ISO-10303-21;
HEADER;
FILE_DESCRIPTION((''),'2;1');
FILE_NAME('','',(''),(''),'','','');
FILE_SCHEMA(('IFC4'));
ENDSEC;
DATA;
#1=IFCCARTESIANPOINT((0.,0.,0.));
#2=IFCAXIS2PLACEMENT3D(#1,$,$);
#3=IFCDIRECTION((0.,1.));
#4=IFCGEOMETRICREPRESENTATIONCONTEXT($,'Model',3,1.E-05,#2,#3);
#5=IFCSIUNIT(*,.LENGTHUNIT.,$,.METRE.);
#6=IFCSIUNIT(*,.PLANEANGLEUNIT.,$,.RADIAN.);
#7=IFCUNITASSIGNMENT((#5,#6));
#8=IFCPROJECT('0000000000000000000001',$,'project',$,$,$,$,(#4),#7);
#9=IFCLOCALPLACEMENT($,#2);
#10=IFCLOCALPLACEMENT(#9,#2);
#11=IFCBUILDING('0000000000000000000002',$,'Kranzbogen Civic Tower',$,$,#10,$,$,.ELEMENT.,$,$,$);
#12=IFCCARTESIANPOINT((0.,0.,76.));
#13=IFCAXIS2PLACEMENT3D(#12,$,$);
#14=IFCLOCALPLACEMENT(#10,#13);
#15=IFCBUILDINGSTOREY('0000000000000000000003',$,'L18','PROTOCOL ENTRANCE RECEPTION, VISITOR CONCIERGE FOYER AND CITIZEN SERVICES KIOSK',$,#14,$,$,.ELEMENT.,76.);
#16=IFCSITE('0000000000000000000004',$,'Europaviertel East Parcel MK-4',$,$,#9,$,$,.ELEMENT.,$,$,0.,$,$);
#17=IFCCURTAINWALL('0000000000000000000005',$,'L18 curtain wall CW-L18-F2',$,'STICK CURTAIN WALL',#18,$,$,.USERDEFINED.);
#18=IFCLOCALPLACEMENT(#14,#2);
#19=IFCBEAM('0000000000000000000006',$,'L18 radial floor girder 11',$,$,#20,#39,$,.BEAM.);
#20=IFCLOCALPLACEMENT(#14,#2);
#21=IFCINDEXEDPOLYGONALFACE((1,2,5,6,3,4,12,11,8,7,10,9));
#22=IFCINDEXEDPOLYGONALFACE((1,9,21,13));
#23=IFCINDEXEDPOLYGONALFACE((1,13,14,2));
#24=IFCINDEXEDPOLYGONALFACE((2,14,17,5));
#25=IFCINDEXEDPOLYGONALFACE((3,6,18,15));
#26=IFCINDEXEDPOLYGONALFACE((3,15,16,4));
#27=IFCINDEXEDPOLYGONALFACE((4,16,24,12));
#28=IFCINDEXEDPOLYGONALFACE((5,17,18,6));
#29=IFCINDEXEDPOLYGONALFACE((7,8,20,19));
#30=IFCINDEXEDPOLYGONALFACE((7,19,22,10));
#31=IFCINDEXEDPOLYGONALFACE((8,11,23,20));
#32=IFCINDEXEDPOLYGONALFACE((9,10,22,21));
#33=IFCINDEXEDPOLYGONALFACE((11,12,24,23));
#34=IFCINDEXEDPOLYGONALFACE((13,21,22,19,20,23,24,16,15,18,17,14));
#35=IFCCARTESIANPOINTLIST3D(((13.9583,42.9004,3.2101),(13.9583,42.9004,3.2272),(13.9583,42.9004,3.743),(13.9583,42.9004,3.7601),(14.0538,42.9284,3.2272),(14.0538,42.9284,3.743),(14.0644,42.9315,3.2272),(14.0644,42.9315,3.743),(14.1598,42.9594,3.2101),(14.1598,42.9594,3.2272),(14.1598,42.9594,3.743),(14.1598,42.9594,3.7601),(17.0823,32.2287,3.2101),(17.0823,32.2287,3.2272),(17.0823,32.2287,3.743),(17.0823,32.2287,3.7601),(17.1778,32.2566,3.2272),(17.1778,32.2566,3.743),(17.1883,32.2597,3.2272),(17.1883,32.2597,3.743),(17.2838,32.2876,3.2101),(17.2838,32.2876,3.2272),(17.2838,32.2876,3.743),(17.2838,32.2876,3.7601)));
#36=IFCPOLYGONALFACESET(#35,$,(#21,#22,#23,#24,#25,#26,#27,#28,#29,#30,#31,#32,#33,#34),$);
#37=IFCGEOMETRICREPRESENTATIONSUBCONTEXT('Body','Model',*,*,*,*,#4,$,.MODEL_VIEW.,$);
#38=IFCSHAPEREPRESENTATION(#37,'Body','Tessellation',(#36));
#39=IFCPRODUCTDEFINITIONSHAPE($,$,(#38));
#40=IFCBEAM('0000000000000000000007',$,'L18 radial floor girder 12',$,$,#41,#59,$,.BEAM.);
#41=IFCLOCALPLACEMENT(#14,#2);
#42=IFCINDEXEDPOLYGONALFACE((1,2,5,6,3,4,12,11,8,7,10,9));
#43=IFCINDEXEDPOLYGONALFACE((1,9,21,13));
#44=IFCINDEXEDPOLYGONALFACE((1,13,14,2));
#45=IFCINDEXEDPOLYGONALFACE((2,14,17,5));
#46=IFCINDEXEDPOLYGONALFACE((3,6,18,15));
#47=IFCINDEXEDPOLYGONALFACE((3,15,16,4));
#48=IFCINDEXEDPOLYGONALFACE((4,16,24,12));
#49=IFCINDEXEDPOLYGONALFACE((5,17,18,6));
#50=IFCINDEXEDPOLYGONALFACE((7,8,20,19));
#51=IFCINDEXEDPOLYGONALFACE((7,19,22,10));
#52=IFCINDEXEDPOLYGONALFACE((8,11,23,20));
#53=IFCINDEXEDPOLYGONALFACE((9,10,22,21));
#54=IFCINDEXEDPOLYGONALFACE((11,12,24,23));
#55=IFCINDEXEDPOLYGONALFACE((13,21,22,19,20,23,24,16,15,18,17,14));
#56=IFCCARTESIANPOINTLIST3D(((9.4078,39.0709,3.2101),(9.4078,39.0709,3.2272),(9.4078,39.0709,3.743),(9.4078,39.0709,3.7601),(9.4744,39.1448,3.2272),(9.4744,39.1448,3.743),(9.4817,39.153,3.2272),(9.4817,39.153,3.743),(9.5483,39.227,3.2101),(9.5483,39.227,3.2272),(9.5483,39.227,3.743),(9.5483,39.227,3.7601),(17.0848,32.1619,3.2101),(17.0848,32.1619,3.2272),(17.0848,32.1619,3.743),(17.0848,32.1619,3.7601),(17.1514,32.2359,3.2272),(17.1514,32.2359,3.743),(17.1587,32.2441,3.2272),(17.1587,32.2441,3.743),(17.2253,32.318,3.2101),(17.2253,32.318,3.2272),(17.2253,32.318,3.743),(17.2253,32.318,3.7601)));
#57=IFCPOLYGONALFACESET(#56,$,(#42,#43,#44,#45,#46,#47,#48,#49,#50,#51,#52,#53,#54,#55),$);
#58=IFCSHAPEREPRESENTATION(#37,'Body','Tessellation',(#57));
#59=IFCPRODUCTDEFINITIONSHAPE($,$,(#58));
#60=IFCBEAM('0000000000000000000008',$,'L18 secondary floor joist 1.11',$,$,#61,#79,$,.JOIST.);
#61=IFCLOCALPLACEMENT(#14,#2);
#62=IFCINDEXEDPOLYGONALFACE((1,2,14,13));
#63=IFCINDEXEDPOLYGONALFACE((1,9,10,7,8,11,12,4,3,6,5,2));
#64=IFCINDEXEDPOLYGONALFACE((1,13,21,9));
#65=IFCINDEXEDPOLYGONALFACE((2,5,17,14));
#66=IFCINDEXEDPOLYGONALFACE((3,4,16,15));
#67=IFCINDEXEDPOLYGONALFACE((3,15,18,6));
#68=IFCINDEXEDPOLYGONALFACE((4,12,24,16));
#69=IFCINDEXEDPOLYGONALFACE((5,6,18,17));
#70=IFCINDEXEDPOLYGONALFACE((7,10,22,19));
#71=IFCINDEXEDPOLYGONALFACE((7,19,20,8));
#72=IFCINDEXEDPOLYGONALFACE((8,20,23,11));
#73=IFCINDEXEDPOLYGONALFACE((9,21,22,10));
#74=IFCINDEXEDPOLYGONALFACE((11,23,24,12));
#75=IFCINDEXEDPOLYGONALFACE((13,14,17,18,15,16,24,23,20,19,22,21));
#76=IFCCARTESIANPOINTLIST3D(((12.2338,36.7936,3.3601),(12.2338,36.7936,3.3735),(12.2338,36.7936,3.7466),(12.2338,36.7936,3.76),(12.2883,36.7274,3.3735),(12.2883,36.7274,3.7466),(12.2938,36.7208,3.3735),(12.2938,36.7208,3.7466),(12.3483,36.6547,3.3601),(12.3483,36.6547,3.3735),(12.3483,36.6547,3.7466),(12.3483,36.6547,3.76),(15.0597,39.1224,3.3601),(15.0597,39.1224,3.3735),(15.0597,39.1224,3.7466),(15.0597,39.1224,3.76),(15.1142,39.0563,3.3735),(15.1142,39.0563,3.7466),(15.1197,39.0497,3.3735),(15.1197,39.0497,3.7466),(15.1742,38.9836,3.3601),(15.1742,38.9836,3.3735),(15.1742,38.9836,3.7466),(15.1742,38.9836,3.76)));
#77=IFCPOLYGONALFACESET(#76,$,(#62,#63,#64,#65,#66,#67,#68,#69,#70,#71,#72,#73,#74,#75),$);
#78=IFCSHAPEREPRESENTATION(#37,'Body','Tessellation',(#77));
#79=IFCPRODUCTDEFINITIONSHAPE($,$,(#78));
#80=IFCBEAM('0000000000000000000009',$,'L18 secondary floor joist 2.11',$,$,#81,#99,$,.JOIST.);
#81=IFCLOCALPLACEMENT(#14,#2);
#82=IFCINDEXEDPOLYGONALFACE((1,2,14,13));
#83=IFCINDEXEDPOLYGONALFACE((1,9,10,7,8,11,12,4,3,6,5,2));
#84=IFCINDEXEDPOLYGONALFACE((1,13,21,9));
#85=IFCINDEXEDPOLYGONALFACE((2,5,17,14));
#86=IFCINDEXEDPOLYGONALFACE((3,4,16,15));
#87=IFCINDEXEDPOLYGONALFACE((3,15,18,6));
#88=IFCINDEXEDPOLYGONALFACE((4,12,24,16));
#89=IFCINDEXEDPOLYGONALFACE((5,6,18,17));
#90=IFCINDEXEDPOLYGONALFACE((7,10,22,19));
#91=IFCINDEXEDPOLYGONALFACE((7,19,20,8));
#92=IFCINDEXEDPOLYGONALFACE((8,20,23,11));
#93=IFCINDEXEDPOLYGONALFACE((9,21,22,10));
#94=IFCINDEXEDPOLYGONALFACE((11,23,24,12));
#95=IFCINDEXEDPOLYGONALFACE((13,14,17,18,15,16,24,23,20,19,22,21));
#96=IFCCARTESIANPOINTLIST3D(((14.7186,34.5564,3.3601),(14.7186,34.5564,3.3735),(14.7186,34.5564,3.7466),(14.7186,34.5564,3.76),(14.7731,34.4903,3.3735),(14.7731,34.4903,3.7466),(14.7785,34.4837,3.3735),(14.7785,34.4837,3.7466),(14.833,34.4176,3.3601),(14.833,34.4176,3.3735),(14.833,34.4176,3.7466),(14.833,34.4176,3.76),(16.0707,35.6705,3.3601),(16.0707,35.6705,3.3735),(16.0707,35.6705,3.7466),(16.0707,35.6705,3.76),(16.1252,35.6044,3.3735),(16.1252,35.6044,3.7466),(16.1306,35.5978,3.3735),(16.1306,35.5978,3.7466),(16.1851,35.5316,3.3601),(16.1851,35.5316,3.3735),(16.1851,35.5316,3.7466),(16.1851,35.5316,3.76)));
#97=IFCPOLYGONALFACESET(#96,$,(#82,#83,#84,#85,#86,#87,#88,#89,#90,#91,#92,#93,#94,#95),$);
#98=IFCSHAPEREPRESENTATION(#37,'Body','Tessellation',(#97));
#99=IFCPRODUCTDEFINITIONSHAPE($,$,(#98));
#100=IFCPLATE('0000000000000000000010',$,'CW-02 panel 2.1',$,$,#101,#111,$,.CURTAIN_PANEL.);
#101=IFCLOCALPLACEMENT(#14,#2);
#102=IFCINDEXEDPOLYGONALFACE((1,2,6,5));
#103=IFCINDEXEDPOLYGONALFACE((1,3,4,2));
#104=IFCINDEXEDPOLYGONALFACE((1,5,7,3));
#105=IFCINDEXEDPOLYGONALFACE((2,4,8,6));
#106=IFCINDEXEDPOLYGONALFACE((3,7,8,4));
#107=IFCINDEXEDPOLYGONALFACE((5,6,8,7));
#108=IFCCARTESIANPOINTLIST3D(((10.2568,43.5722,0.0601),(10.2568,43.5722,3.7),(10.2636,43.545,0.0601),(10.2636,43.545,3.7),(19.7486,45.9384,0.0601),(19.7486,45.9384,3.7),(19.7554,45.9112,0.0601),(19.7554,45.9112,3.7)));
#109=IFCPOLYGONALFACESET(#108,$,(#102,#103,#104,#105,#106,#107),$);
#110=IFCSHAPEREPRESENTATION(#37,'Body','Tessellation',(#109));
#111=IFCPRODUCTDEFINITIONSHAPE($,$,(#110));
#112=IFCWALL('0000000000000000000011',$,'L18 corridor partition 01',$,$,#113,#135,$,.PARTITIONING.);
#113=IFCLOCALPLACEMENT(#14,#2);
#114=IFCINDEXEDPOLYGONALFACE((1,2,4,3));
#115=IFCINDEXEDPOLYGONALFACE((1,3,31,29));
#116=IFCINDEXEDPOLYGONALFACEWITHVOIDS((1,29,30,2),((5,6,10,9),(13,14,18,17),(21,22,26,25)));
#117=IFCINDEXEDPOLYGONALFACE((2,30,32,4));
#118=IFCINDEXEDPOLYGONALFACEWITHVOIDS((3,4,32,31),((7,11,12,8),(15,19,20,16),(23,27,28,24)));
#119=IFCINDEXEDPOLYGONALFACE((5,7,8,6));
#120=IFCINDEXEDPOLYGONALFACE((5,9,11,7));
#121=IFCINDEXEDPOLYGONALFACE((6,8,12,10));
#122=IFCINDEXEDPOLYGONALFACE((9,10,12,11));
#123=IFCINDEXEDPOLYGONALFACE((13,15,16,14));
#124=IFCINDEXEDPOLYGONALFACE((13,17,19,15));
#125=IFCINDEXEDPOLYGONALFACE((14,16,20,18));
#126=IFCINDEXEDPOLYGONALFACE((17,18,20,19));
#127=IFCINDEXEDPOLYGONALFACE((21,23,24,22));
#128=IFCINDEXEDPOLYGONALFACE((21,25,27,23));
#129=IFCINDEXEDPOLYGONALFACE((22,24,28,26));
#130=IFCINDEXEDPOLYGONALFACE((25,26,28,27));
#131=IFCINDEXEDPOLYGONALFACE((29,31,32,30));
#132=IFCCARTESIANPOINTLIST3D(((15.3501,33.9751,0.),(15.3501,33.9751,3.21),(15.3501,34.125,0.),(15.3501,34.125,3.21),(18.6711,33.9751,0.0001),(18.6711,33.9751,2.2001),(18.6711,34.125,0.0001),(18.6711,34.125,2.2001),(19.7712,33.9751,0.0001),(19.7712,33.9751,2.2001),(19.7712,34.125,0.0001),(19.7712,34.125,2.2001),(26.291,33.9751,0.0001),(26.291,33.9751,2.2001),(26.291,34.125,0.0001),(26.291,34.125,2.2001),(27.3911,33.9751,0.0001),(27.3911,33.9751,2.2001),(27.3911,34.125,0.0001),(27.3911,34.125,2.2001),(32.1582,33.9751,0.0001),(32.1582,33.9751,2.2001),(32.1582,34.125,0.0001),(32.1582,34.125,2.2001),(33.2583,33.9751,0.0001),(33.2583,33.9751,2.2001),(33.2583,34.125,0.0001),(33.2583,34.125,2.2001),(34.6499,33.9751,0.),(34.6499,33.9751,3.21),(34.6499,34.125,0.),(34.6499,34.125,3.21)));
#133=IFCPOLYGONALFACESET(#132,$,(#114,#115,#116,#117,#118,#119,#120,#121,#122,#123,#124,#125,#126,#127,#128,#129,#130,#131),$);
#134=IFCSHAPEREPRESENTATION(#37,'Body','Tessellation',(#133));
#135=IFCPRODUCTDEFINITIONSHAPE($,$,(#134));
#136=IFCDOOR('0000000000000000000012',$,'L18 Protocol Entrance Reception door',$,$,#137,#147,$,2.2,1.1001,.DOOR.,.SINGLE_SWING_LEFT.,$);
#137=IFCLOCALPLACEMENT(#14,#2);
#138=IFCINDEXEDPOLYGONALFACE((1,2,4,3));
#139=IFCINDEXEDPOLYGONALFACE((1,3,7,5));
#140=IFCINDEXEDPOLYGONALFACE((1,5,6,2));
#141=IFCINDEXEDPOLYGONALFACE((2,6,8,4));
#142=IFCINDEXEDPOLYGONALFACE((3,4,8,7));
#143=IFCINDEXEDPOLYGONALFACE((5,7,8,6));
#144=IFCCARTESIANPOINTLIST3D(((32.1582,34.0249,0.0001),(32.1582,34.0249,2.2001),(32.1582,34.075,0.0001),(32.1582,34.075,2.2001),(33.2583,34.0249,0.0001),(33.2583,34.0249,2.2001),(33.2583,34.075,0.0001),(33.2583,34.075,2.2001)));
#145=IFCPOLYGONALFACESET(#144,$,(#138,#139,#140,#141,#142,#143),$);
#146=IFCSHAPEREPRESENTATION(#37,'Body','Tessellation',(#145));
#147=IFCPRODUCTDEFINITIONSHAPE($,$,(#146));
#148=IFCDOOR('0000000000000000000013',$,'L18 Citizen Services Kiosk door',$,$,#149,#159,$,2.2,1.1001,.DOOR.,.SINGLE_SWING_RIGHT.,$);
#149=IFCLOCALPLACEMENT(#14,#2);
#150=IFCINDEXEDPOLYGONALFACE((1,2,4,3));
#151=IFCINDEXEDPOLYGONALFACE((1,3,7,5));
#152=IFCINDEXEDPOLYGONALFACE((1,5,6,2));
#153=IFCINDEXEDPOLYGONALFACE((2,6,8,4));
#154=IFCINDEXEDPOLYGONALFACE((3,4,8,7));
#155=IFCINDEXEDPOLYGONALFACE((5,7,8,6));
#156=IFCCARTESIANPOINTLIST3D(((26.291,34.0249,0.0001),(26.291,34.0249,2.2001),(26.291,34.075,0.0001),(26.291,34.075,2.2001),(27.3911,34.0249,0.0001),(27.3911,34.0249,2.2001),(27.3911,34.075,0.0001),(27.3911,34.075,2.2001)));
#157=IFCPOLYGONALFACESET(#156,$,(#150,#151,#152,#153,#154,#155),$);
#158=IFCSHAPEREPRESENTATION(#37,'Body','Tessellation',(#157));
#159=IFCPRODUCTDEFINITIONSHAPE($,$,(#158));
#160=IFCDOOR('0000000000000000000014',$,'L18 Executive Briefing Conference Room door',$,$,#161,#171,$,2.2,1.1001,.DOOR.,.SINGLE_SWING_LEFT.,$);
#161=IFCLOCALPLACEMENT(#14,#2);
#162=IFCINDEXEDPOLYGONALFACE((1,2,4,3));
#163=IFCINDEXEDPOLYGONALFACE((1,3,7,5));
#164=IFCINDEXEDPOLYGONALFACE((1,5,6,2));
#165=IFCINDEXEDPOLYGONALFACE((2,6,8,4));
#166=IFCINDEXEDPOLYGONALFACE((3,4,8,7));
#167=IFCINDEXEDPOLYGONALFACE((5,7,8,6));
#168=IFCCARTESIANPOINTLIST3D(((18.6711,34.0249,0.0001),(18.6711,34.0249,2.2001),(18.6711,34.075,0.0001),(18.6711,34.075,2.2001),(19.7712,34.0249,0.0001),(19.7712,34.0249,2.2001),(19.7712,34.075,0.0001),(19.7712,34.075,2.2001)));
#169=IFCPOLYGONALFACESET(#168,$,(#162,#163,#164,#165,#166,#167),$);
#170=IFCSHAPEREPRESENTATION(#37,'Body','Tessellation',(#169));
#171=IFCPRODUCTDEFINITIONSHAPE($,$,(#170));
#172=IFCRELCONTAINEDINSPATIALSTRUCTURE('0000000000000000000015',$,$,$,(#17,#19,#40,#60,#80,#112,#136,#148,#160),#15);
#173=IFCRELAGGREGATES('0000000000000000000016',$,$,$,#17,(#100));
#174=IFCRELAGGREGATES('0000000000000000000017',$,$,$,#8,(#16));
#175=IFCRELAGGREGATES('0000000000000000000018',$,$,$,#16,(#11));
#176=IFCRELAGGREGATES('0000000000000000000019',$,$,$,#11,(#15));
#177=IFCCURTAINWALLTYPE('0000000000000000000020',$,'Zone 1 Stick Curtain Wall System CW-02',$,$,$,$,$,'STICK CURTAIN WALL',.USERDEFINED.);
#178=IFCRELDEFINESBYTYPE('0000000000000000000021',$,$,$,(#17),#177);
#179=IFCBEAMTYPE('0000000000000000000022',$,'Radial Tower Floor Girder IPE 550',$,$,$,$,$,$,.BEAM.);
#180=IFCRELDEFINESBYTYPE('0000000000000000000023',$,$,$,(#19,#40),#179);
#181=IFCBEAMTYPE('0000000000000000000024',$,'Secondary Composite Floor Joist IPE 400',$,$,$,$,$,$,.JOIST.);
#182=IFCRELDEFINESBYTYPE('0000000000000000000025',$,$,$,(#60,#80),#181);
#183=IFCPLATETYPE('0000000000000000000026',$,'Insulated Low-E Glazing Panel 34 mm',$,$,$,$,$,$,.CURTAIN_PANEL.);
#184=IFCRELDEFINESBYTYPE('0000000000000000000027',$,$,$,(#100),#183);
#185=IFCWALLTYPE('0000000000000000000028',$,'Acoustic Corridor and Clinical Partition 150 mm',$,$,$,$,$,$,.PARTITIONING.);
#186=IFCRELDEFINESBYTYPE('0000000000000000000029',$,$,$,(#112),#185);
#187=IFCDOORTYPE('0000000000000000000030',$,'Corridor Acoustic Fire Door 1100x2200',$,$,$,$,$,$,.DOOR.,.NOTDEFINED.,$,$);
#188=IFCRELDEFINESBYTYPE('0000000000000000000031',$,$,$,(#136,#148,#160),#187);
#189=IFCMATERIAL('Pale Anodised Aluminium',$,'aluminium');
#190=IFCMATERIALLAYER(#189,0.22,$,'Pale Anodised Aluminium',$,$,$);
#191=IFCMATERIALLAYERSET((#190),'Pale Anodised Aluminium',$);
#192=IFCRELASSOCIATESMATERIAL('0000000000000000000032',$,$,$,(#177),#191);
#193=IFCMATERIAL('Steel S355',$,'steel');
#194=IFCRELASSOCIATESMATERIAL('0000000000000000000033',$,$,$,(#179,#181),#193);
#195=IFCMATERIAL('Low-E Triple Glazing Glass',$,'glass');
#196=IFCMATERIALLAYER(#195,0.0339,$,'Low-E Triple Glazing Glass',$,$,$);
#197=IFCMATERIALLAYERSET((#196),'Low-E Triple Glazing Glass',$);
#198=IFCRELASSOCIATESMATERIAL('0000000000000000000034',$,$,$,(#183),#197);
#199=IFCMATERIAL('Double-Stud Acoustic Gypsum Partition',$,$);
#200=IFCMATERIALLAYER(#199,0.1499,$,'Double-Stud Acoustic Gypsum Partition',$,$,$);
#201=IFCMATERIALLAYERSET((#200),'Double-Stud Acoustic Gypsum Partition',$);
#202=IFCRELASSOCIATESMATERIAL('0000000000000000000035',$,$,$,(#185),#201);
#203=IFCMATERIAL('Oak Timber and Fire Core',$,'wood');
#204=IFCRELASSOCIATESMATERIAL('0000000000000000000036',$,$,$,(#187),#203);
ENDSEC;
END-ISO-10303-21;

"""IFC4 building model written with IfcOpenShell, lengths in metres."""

from ifc_helpers import new_model, si_unit, direction, frame, frame_2d, origin, origin_2d, place, context, subcontext, project, spatial, rectangle, i_section, extrude, material, layer, layer_set, material_profile, profile_set, type_object, element, fill, aggregate, save


model = new_model("IFC4")

# Units and contexts
model_context = context("Model", 3, precision=1e-05, world=origin(), true_north=direction((0.0, 1.0)))
body_context = subcontext(model_context, "Body", "Model", "MODEL_VIEW")
ifc_project = project(units=[si_unit("LENGTHUNIT", "METRE"), si_unit("PLANEANGLEUNIT", "RADIAN")], contexts=[model_context])

# Site, building, storey
site_placement = place(None, origin())
site = spatial("IfcSite", under=ifc_project, at=site_placement, Name="Europaviertel East Parcel MK-4", CompositionType="ELEMENT", RefElevation=0.0)
building_placement = place(site_placement, origin())
building = spatial("IfcBuilding", under=site, at=building_placement, Name="Kranzbogen Civic Tower", CompositionType="ELEMENT")
storey_placement = place(building_placement, frame((0.0, 0.0, 76.0)))
storey = spatial("IfcBuildingStorey", under=building, at=storey_placement, Name="L18", Description="PROTOCOL ENTRANCE RECEPTION, VISITOR CONCIERGE FOYER AND CITIZEN SERVICES KIOSK", CompositionType="ELEMENT", Elevation=76.0)

# Shared definitions
ifc_material_1 = material(Name="Steel S355", Category="steel")

# Curtain wall
ifc_material_2 = material(Name="Pale Anodised Aluminium", Category="aluminium")
ifc_layer_1 = layer(ifc_material_2, 0.22, Name="Pale Anodised Aluminium")
ifc_layer_set_1 = layer_set([ifc_layer_1], Name="Pale Anodised Aluminium")
curtain_wall_type = type_object("IfcCurtainWallType", Name="Zone 1 Stick Curtain Wall System CW-02", ElementType="STICK CURTAIN WALL", PredefinedType="USERDEFINED", material=ifc_layer_set_1)
curtain_wall_placement = place(storey_placement, origin())
curtain_wall = element("IfcCurtainWall", 1, at=curtain_wall_placement, inside=storey, type_object=curtain_wall_type, Name="L18 curtain wall CW-L18-F2", ObjectType="STICK CURTAIN WALL", PredefinedType="USERDEFINED")

# Beams
ifc_material_profile_1 = material_profile(ifc_material_1, i_section(OverallWidth=0.21, OverallDepth=0.55, WebThickness=0.011, FlangeThickness=0.0171, at=origin_2d()), Name="IPE 550")
ifc_profile_set_1 = profile_set([ifc_material_profile_1], Name="Steel S355")
beam_type_1 = type_object("IfcBeamType", Name="Radial Tower Floor Girder IPE 550", PredefinedType="BEAM", material=ifc_profile_set_1)
beam_1_placement = place(storey_placement, frame((14.0591, 42.9299, 3.4851), z_axis=(0.280944, -0.959724, 0.0), x_axis=(0.959724, 0.280944, 0.0)))
element("IfcBeam", 2, at=beam_1_placement, inside=storey, type_object=beam_type_1, Name="L18 radial floor girder 11", PredefinedType="BEAM", context=body_context, shape_type="SweptSolid", body=[
    extrude(i_section(OverallWidth=0.21, OverallDepth=0.55, WebThickness=0.011, FlangeThickness=0.0171, at=origin_2d()), origin(), (0.0, 0.0, 1.0), 11.1196),
])
beam_2_placement = place(storey_placement, frame((9.478, 39.1489, 3.4851), z_axis=(0.743312, -0.668945, 0.0), x_axis=(0.668945, 0.743312, 0.0)))
element("IfcBeam", 3, at=beam_2_placement, inside=storey, type_object=beam_type_1, Name="L18 radial floor girder 12", PredefinedType="BEAM", context=body_context, shape_type="SweptSolid", body=[
    extrude(i_section(OverallWidth=0.21, OverallDepth=0.55, WebThickness=0.011, FlangeThickness=0.0171, at=origin_2d()), origin(), (0.0, 0.0, 1.0), 10.3281),
])
ifc_material_profile_2 = material_profile(ifc_material_1, i_section(OverallWidth=0.1799, OverallDepth=0.3999, WebThickness=0.0085, FlangeThickness=0.0134, at=origin_2d()), Name="IPE 400")
ifc_profile_set_2 = profile_set([ifc_material_profile_2], Name="Steel S355")
beam_type_2 = type_object("IfcBeamType", Name="Secondary Composite Floor Joist IPE 400", PredefinedType="JOIST", material=ifc_profile_set_2)
beam_3_placement = place(storey_placement, frame((15.1169, 39.053, 3.5601), z_axis=(-0.771713, -0.635971, 0.0), x_axis=(0.635971, -0.771713, 0.0)))
element("IfcBeam", 4, at=beam_3_placement, inside=storey, type_object=beam_type_2, Name="L18 secondary floor joist 1.11", PredefinedType="JOIST", context=body_context, shape_type="SweptSolid", body=[
    extrude(i_section(OverallWidth=0.1799, OverallDepth=0.3999, WebThickness=0.0085, FlangeThickness=0.0134, at=origin_2d()), origin(), (0.0, 0.0, 1.0), 3.6619),
])
beam_4_placement = place(storey_placement, frame((16.1279, 35.6011, 3.5601), z_axis=(-0.771773, -0.635898, 0.0), x_axis=(0.635898, -0.771773, 0.0)))
element("IfcBeam", 5, at=beam_4_placement, inside=storey, type_object=beam_type_2, Name="L18 secondary floor joist 2.11", PredefinedType="JOIST", context=body_context, shape_type="SweptSolid", body=[
    extrude(i_section(OverallWidth=0.1799, OverallDepth=0.3999, WebThickness=0.0085, FlangeThickness=0.0134, at=origin_2d()), origin(), (0.0, 0.0, 1.0), 1.752),
])

# Plate
ifc_material_3 = material(Name="Low-E Triple Glazing Glass", Category="glass")
ifc_layer_2 = layer(ifc_material_3, 0.0339, Name="Low-E Triple Glazing Glass")
ifc_layer_set_2 = layer_set([ifc_layer_2], Name="Low-E Triple Glazing Glass")
plate_type = type_object("IfcPlateType", Name="Insulated Low-E Glazing Panel 34 mm", PredefinedType="CURTAIN_PANEL", material=ifc_layer_set_2)
plate_placement = place(storey_placement, frame((15.0061, 44.7417, 0.0601), z_axis=(0.0, 0.0, 1.0), x_axis=(-0.970303, -0.241892, 0.0)))
plate = element("IfcPlate", 6, at=plate_placement, type_object=plate_type, Name="CW-02 panel 2.1", PredefinedType="CURTAIN_PANEL", context=body_context, shape_type="SweptSolid", body=[
    extrude(rectangle(XDim=9.7822, YDim=0.0281, at=origin_2d()), origin(), (0.0, 0.0, 1.0), 3.6399),
])
aggregate(curtain_wall, [plate])

# Wall, openings, doors
ifc_material_4 = material(Name="Double-Stud Acoustic Gypsum Partition")
ifc_layer_3 = layer(ifc_material_4, 0.1499, Name="Double-Stud Acoustic Gypsum Partition")
ifc_layer_set_3 = layer_set([ifc_layer_3], Name="Double-Stud Acoustic Gypsum Partition")
wall_type_1 = type_object("IfcWallType", Name="Acoustic Corridor and Clinical Partition 150 mm", PredefinedType="PARTITIONING", material=ifc_layer_set_3)
wall_1_placement = place(storey_placement, frame((15.3501, 34.05, 0.0), z_axis=(0.0, 0.0, 1.0), x_axis=(1.0, 0.0, 0.0)))
wall_1 = element("IfcWall", 7, at=wall_1_placement, inside=storey, type_object=wall_type_1, Name="L18 corridor partition 01", PredefinedType="PARTITIONING", context=body_context, shape_type="SweptSolid", body=[
    extrude(rectangle(XDim=19.2998, YDim=0.1499, at=frame_2d((9.6499, 0.0))), origin(), (0.0, 0.0, 1.0), 3.21),
])
opening_1_placement = place(wall_1_placement, frame((16.8081, 0.0, 0.0)))
opening_1 = element("IfcOpeningElement", 8, at=opening_1_placement, cuts=wall_1, PredefinedType="OPENING", context=body_context, shape_type="SweptSolid", body=[
    extrude(rectangle(XDim=1.1001, YDim=2.2, at=frame_2d((0.55, 1.1001))), frame((0.0, 0.085, 0.0), z_axis=(0.0, -1.0, 0.0), x_axis=(1.0, 0.0, 0.0)), (0.0, 0.0, 1.0), 0.1699),
])
opening_2_placement = place(wall_1_placement, frame((10.9409, 0.0, 0.0)))
opening_2 = element("IfcOpeningElement", 9, at=opening_2_placement, cuts=wall_1, PredefinedType="OPENING", context=body_context, shape_type="SweptSolid", body=[
    extrude(rectangle(XDim=1.1001, YDim=2.2, at=frame_2d((0.55, 1.1001))), frame((0.0, 0.085, 0.0), z_axis=(0.0, -1.0, 0.0), x_axis=(1.0, 0.0, 0.0)), (0.0, 0.0, 1.0), 0.1699),
])
opening_3_placement = place(wall_1_placement, frame((3.321, 0.0, 0.0)))
opening_3 = element("IfcOpeningElement", 10, at=opening_3_placement, cuts=wall_1, PredefinedType="OPENING", context=body_context, shape_type="SweptSolid", body=[
    extrude(rectangle(XDim=1.1001, YDim=2.2, at=frame_2d((0.55, 1.1001))), frame((0.0, 0.085, 0.0), z_axis=(0.0, -1.0, 0.0), x_axis=(1.0, 0.0, 0.0)), (0.0, 0.0, 1.0), 0.1699),
])
ifc_material_5 = material(Name="Oak Timber and Fire Core", Category="wood")
door_type = type_object("IfcDoorType", Name="Corridor Acoustic Fire Door 1100x2200", OperationType="NOTDEFINED", PredefinedType="DOOR", material=ifc_material_5)
door_1_placement = place(opening_1_placement, origin())
door_1 = element("IfcDoor", 11, at=door_1_placement, inside=storey, type_object=door_type, Name="L18 Protocol Entrance Reception door", OperationType="SINGLE_SWING_LEFT", OverallHeight=2.2, OverallWidth=1.1001, PredefinedType="DOOR", context=body_context, shape_type="SweptSolid", body=[
    extrude(rectangle(XDim=1.1001, YDim=2.2, at=frame_2d((0.55, 1.1001))), frame((0.0, 0.0249, 0.0), z_axis=(0.0, -1.0, 0.0), x_axis=(1.0, 0.0, 0.0)), (0.0, 0.0, 1.0), 0.05),
])
fill(opening_1, door_1)
door_2_placement = place(opening_2_placement, origin())
door_2 = element("IfcDoor", 12, at=door_2_placement, inside=storey, type_object=door_type, Name="L18 Citizen Services Kiosk door", OperationType="SINGLE_SWING_RIGHT", OverallHeight=2.2, OverallWidth=1.1001, PredefinedType="DOOR", context=body_context, shape_type="SweptSolid", body=[
    extrude(rectangle(XDim=1.1001, YDim=2.2, at=frame_2d((0.55, 1.1001))), frame((0.0, 0.0249, 0.0), z_axis=(0.0, -1.0, 0.0), x_axis=(1.0, 0.0, 0.0)), (0.0, 0.0, 1.0), 0.05),
])
fill(opening_2, door_2)
door_3_placement = place(opening_3_placement, origin())
door_3 = element("IfcDoor", 13, at=door_3_placement, inside=storey, type_object=door_type, Name="L18 Executive Briefing Conference Room door", OperationType="SINGLE_SWING_LEFT", OverallHeight=2.2, OverallWidth=1.1001, PredefinedType="DOOR", context=body_context, shape_type="SweptSolid", body=[
    extrude(rectangle(XDim=1.1001, YDim=2.2, at=frame_2d((0.55, 1.1001))), frame((0.0, 0.0249, 0.0), z_axis=(0.0, -1.0, 0.0), x_axis=(1.0, 0.0, 0.0)), (0.0, 0.0, 1.0), 0.05),
])
fill(opening_3, door_3)

save(model, "model.ifc")
